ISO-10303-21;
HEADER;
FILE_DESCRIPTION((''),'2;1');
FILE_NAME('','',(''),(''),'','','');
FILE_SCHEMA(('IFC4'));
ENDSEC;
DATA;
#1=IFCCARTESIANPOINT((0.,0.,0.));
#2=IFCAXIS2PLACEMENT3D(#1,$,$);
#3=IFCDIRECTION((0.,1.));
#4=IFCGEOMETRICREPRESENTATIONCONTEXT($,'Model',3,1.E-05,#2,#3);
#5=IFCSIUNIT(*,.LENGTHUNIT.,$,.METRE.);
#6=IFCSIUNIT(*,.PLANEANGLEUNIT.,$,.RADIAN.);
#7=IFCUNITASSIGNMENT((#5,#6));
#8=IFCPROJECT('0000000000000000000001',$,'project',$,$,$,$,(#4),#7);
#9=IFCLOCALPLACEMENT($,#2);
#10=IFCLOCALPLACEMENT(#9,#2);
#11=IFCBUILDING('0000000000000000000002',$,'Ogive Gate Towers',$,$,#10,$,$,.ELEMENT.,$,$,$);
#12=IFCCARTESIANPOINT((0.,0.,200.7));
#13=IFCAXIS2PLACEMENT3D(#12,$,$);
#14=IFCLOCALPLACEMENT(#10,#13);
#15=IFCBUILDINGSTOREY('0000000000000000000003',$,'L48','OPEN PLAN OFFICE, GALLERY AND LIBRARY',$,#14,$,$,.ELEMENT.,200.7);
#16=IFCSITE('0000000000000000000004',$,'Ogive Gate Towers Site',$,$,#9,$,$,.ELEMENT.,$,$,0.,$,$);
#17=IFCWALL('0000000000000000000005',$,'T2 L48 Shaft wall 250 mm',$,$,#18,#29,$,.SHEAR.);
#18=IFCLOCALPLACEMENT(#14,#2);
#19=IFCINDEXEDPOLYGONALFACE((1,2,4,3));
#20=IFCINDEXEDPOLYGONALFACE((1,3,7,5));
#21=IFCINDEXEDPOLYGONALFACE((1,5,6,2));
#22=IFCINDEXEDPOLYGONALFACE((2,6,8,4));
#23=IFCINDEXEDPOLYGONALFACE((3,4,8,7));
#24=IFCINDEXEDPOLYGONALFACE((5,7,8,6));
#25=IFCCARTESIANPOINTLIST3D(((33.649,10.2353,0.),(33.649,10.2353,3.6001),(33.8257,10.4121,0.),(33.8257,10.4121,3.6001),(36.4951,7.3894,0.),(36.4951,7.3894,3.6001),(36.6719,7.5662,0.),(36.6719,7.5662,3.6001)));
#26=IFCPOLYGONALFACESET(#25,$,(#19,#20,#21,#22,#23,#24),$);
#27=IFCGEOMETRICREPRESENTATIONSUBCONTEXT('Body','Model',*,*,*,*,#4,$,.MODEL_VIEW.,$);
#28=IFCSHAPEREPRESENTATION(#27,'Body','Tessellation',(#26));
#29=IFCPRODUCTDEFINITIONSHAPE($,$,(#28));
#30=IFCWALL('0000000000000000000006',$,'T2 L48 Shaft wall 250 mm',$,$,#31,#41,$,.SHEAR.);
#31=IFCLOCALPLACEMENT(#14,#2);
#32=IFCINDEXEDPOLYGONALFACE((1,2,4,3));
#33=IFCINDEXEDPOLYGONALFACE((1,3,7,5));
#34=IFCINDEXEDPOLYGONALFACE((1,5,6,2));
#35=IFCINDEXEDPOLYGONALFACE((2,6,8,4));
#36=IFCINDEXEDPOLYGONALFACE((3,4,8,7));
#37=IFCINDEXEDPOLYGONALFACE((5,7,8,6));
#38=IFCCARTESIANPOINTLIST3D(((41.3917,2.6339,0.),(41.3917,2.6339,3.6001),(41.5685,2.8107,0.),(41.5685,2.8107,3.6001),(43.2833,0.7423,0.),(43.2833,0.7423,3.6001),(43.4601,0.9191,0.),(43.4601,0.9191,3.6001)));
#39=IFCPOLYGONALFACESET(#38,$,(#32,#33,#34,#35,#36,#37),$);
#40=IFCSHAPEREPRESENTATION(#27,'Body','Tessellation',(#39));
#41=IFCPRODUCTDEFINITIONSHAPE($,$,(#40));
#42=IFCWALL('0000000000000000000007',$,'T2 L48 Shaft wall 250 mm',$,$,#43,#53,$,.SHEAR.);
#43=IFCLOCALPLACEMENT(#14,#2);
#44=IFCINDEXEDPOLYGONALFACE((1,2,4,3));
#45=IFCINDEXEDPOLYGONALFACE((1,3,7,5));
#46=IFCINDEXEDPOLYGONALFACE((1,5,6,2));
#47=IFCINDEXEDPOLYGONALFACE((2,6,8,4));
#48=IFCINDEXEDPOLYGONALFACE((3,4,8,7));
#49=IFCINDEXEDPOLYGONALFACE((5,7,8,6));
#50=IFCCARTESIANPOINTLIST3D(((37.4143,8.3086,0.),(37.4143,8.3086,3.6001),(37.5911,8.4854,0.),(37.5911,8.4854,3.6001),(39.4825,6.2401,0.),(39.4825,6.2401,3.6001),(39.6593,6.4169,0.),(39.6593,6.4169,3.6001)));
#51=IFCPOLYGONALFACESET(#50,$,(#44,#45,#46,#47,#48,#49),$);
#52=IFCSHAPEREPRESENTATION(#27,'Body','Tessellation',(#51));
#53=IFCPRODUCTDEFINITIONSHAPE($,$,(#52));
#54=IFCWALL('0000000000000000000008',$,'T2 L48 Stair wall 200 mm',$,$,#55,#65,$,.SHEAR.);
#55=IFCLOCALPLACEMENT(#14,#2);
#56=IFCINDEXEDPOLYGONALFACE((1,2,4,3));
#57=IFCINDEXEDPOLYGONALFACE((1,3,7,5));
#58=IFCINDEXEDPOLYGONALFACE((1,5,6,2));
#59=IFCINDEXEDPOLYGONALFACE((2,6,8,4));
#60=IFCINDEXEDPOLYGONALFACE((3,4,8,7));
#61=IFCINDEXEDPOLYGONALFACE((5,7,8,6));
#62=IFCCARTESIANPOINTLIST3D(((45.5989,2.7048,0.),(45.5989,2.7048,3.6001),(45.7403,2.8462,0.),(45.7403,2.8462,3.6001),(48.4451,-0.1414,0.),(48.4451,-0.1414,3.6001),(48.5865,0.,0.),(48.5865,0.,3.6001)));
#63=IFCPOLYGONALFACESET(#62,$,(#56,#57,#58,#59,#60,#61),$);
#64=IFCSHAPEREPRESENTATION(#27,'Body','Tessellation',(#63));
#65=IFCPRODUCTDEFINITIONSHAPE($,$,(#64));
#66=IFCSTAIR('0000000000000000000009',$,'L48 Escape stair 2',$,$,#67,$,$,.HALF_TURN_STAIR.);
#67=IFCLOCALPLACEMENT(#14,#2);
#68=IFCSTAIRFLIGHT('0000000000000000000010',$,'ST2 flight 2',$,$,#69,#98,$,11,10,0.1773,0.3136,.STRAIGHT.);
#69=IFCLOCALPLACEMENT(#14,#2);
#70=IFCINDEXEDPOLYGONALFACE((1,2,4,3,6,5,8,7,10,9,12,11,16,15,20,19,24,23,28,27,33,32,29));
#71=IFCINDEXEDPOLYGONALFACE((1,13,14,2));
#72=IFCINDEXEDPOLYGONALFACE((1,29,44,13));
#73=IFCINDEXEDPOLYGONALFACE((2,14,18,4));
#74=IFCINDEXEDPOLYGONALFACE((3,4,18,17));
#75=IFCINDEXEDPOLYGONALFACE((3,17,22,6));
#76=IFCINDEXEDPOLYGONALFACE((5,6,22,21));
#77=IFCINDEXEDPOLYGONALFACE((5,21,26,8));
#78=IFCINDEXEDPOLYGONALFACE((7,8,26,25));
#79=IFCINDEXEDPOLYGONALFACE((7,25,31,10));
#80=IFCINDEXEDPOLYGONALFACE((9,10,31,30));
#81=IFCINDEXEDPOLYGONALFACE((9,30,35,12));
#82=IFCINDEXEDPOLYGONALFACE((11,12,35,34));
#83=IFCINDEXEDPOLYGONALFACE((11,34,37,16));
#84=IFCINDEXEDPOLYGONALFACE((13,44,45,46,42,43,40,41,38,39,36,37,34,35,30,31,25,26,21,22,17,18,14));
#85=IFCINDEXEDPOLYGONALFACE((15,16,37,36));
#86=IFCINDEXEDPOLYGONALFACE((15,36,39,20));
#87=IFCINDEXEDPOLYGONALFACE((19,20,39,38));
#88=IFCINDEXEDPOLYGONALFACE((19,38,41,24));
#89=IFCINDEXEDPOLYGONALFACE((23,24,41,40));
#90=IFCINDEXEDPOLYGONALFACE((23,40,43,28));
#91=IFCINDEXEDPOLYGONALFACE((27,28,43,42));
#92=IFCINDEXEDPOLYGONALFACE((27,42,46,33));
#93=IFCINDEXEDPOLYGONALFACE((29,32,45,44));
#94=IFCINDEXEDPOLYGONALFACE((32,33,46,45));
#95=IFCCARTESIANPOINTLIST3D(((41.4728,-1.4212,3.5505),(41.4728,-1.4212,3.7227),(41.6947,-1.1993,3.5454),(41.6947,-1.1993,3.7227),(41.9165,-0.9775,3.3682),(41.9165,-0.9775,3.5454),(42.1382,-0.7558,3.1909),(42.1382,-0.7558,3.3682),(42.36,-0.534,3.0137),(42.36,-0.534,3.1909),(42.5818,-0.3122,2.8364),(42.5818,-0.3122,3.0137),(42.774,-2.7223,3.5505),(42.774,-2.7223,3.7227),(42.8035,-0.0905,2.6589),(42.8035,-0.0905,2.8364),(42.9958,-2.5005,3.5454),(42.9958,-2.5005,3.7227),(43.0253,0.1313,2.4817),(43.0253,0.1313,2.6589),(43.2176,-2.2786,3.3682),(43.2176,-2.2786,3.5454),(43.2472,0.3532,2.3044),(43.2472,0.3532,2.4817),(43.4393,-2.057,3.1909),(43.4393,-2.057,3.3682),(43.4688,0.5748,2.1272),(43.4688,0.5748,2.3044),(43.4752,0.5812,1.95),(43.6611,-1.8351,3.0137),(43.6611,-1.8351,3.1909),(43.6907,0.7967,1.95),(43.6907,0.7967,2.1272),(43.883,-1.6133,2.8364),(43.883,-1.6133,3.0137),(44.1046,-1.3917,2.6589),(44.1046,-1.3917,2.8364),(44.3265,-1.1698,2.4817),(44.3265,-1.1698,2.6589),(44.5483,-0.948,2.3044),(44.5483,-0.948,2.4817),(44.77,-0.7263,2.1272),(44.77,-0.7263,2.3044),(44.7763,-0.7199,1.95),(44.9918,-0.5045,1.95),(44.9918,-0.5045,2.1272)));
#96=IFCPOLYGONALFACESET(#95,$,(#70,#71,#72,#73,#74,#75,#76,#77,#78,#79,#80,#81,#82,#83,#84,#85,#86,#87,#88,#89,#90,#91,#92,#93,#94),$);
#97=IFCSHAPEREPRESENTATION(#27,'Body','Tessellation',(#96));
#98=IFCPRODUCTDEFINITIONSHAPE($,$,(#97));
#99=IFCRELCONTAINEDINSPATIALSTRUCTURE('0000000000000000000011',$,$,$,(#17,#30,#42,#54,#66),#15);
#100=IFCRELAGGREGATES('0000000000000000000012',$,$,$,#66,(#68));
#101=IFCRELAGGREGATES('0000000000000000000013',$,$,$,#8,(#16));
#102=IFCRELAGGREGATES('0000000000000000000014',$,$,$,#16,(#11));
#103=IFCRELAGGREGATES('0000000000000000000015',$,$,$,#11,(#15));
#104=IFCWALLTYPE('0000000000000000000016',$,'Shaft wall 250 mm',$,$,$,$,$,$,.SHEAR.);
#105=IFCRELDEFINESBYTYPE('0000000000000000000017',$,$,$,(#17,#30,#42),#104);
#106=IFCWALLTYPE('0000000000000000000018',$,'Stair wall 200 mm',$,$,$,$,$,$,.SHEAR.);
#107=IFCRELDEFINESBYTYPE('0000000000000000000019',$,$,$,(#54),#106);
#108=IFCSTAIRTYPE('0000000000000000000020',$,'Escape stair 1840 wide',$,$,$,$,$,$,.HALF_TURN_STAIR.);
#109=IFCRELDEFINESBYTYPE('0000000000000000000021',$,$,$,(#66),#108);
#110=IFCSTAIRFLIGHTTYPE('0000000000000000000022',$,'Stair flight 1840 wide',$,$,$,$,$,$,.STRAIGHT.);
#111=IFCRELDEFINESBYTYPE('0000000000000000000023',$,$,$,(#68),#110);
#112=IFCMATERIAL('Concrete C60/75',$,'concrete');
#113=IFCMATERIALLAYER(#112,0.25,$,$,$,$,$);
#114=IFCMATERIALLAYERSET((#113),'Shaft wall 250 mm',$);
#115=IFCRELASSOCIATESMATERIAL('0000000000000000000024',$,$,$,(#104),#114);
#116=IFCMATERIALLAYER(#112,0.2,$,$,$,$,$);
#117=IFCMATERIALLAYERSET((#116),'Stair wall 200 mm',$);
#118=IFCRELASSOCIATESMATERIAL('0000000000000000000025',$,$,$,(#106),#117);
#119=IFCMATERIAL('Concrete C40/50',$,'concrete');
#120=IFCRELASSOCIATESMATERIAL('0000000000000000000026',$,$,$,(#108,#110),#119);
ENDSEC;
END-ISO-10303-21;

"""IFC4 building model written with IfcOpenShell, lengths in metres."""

from ifc_helpers import new_model, si_unit, direction, frame, frame_2d, origin, place, context, subcontext, project, spatial, polyline, rectangle, outline, extrude, material, layer, layer_set, type_object, element, aggregate, save


model = new_model("IFC4")

# Units and contexts
model_context = context("Model", 3, precision=1e-05, world=origin(), true_north=direction((0.0, 1.0)))
body_context = subcontext(model_context, "Body", "Model", "MODEL_VIEW")
ifc_project = project(units=[si_unit("LENGTHUNIT", "METRE"), si_unit("PLANEANGLEUNIT", "RADIAN")], contexts=[model_context])

# Site, building, storey
site_placement = place(None, origin())
site = spatial("IfcSite", under=ifc_project, at=site_placement, Name="Ogive Gate Towers Site", CompositionType="ELEMENT", RefElevation=0.0)
building_placement = place(site_placement, origin())
building = spatial("IfcBuilding", under=site, at=building_placement, Name="Ogive Gate Towers", CompositionType="ELEMENT")
storey_placement = place(building_placement, frame((0.0, 0.0, 200.7)))
storey = spatial("IfcBuildingStorey", under=building, at=storey_placement, Name="L48", Description="OPEN PLAN OFFICE, GALLERY AND LIBRARY", CompositionType="ELEMENT", Elevation=200.7)

# Shared definitions
ifc_material_1 = material(Name="Concrete C40/50", Category="concrete")

# Shared definitions
ifc_material_2 = material(Name="Concrete C60/75", Category="concrete")

# Walls
ifc_layer_1 = layer(ifc_material_2, 0.25)
ifc_layer_set_1 = layer_set([ifc_layer_1], Name="Shaft wall 250 mm")
wall_type_1 = type_object("IfcWallType", Name="Shaft wall 250 mm", PredefinedType="SHEAR", material=ifc_layer_set_1)
wall_1_placement = place(storey_placement, frame((36.5835, 7.4778, 0.0), z_axis=(0.0, 0.0, 1.0), x_axis=(-0.707137, 0.707076, 0.0)))
element("IfcWall", 1, at=wall_1_placement, inside=storey, type_object=wall_type_1, Name="T2 L48 Shaft wall 250 mm", PredefinedType="SHEAR", context=body_context, shape_type="SweptSolid", body=[
    extrude(rectangle(XDim=4.0249, YDim=0.25, at=frame_2d((2.0125, 0.0))), origin(), (0.0, 0.0, 1.0), 3.6001),
])
wall_2_placement = place(storey_placement, frame((43.3716, 0.8308, 0.0), z_axis=(0.0, 0.0, 1.0), x_axis=(-0.707107, 0.707107, 0.0)))
element("IfcWall", 2, at=wall_2_placement, inside=storey, type_object=wall_type_1, Name="T2 L48 Shaft wall 250 mm", PredefinedType="SHEAR", context=body_context, shape_type="SweptSolid", body=[
    extrude(rectangle(XDim=2.675, YDim=0.25, at=frame_2d((1.3374, 0.0))), origin(), (0.0, 0.0, 1.0), 3.6001),
])
wall_3_placement = place(storey_placement, frame((39.5708, 6.3286, 0.0), z_axis=(0.0, 0.0, 1.0), x_axis=(-0.707065, 0.707149, 0.0)))
element("IfcWall", 3, at=wall_3_placement, inside=storey, type_object=wall_type_1, Name="T2 L48 Shaft wall 250 mm", PredefinedType="SHEAR", context=body_context, shape_type="SweptSolid", body=[
    extrude(rectangle(XDim=2.925, YDim=0.25, at=frame_2d((1.4624, 0.0))), origin(), (0.0, 0.0, 1.0), 3.6001),
])
ifc_layer_2 = layer(ifc_material_2, 0.2)
ifc_layer_set_2 = layer_set([ifc_layer_2], Name="Stair wall 200 mm")
wall_type_2 = type_object("IfcWallType", Name="Stair wall 200 mm", PredefinedType="SHEAR", material=ifc_layer_set_2)
wall_4_placement = place(storey_placement, frame((48.5159, -0.0708, 0.0), z_axis=(0.0, 0.0, 1.0), x_axis=(-0.707107, 0.707107, 0.0)))
element("IfcWall", 4, at=wall_4_placement, inside=storey, type_object=wall_type_2, Name="T2 L48 Stair wall 200 mm", PredefinedType="SHEAR", context=body_context, shape_type="SweptSolid", body=[
    extrude(rectangle(XDim=4.0251, YDim=0.2, at=frame_2d((2.0127, 0.0))), origin(), (0.0, 0.0, 1.0), 3.6001),
])

# Stair, stair flight
stair_type = type_object("IfcStairType", Name="Escape stair 1840 wide", PredefinedType="HALF_TURN_STAIR", material=ifc_material_1)
stair_placement = place(storey_placement, origin())
stair = element("IfcStair", 5, at=stair_placement, inside=storey, type_object=stair_type, Name="L48 Escape stair 2", PredefinedType="HALF_TURN_STAIR")
stair_flight_type = type_object("IfcStairFlightType", Name="Stair flight 1840 wide", PredefinedType="STRAIGHT", material=ifc_material_1)
stair_flight_placement = place(storey_placement, frame((44.3413, 0.146, 1.95), z_axis=(0.0, 0.0, 1.0), x_axis=(-0.707107, -0.707107, 0.0)))
stair_flight = element("IfcStairFlight", 6, at=stair_flight_placement, type_object=stair_flight_type, Name="ST2 flight 2", NumberOfRisers=11, NumberOfTreads=10, PredefinedType="STRAIGHT", RiserHeight=0.1773, TreadLength=0.3136, context=body_context, shape_type="SweptSolid", body=[
    extrude(outline(polyline([(0.0, 0.0), (0.0, 0.1772), (0.3137, 0.1772), (0.3137, 0.3545), (0.6272, 0.3545), (0.6272, 0.5317), (0.9409, 0.5317), (0.9409, 0.709), (1.2546, 0.709), (1.2546, 0.8865), (1.5681, 0.8865), (1.5681, 1.0637), (1.8818, 1.0637), (1.8818, 1.241), (2.1956, 1.241), (2.1956, 1.4182), (2.509, 1.4182), (2.509, 1.5955), (2.8228, 1.5955), (2.8228, 1.7727), (3.1365, 1.7727), (3.1365, 1.95), (3.1365, 1.6006), (0.3047, 0.0), (0.0, 0.0)])), frame((0.0, 0.9199, 0.0), z_axis=(0.0, -1.0, 0.0), x_axis=(1.0, 0.0, 0.0)), (0.0, 0.0, 1.0), 1.8401),
])
aggregate(stair, [stair_flight])

save(model, "model.ifc")
